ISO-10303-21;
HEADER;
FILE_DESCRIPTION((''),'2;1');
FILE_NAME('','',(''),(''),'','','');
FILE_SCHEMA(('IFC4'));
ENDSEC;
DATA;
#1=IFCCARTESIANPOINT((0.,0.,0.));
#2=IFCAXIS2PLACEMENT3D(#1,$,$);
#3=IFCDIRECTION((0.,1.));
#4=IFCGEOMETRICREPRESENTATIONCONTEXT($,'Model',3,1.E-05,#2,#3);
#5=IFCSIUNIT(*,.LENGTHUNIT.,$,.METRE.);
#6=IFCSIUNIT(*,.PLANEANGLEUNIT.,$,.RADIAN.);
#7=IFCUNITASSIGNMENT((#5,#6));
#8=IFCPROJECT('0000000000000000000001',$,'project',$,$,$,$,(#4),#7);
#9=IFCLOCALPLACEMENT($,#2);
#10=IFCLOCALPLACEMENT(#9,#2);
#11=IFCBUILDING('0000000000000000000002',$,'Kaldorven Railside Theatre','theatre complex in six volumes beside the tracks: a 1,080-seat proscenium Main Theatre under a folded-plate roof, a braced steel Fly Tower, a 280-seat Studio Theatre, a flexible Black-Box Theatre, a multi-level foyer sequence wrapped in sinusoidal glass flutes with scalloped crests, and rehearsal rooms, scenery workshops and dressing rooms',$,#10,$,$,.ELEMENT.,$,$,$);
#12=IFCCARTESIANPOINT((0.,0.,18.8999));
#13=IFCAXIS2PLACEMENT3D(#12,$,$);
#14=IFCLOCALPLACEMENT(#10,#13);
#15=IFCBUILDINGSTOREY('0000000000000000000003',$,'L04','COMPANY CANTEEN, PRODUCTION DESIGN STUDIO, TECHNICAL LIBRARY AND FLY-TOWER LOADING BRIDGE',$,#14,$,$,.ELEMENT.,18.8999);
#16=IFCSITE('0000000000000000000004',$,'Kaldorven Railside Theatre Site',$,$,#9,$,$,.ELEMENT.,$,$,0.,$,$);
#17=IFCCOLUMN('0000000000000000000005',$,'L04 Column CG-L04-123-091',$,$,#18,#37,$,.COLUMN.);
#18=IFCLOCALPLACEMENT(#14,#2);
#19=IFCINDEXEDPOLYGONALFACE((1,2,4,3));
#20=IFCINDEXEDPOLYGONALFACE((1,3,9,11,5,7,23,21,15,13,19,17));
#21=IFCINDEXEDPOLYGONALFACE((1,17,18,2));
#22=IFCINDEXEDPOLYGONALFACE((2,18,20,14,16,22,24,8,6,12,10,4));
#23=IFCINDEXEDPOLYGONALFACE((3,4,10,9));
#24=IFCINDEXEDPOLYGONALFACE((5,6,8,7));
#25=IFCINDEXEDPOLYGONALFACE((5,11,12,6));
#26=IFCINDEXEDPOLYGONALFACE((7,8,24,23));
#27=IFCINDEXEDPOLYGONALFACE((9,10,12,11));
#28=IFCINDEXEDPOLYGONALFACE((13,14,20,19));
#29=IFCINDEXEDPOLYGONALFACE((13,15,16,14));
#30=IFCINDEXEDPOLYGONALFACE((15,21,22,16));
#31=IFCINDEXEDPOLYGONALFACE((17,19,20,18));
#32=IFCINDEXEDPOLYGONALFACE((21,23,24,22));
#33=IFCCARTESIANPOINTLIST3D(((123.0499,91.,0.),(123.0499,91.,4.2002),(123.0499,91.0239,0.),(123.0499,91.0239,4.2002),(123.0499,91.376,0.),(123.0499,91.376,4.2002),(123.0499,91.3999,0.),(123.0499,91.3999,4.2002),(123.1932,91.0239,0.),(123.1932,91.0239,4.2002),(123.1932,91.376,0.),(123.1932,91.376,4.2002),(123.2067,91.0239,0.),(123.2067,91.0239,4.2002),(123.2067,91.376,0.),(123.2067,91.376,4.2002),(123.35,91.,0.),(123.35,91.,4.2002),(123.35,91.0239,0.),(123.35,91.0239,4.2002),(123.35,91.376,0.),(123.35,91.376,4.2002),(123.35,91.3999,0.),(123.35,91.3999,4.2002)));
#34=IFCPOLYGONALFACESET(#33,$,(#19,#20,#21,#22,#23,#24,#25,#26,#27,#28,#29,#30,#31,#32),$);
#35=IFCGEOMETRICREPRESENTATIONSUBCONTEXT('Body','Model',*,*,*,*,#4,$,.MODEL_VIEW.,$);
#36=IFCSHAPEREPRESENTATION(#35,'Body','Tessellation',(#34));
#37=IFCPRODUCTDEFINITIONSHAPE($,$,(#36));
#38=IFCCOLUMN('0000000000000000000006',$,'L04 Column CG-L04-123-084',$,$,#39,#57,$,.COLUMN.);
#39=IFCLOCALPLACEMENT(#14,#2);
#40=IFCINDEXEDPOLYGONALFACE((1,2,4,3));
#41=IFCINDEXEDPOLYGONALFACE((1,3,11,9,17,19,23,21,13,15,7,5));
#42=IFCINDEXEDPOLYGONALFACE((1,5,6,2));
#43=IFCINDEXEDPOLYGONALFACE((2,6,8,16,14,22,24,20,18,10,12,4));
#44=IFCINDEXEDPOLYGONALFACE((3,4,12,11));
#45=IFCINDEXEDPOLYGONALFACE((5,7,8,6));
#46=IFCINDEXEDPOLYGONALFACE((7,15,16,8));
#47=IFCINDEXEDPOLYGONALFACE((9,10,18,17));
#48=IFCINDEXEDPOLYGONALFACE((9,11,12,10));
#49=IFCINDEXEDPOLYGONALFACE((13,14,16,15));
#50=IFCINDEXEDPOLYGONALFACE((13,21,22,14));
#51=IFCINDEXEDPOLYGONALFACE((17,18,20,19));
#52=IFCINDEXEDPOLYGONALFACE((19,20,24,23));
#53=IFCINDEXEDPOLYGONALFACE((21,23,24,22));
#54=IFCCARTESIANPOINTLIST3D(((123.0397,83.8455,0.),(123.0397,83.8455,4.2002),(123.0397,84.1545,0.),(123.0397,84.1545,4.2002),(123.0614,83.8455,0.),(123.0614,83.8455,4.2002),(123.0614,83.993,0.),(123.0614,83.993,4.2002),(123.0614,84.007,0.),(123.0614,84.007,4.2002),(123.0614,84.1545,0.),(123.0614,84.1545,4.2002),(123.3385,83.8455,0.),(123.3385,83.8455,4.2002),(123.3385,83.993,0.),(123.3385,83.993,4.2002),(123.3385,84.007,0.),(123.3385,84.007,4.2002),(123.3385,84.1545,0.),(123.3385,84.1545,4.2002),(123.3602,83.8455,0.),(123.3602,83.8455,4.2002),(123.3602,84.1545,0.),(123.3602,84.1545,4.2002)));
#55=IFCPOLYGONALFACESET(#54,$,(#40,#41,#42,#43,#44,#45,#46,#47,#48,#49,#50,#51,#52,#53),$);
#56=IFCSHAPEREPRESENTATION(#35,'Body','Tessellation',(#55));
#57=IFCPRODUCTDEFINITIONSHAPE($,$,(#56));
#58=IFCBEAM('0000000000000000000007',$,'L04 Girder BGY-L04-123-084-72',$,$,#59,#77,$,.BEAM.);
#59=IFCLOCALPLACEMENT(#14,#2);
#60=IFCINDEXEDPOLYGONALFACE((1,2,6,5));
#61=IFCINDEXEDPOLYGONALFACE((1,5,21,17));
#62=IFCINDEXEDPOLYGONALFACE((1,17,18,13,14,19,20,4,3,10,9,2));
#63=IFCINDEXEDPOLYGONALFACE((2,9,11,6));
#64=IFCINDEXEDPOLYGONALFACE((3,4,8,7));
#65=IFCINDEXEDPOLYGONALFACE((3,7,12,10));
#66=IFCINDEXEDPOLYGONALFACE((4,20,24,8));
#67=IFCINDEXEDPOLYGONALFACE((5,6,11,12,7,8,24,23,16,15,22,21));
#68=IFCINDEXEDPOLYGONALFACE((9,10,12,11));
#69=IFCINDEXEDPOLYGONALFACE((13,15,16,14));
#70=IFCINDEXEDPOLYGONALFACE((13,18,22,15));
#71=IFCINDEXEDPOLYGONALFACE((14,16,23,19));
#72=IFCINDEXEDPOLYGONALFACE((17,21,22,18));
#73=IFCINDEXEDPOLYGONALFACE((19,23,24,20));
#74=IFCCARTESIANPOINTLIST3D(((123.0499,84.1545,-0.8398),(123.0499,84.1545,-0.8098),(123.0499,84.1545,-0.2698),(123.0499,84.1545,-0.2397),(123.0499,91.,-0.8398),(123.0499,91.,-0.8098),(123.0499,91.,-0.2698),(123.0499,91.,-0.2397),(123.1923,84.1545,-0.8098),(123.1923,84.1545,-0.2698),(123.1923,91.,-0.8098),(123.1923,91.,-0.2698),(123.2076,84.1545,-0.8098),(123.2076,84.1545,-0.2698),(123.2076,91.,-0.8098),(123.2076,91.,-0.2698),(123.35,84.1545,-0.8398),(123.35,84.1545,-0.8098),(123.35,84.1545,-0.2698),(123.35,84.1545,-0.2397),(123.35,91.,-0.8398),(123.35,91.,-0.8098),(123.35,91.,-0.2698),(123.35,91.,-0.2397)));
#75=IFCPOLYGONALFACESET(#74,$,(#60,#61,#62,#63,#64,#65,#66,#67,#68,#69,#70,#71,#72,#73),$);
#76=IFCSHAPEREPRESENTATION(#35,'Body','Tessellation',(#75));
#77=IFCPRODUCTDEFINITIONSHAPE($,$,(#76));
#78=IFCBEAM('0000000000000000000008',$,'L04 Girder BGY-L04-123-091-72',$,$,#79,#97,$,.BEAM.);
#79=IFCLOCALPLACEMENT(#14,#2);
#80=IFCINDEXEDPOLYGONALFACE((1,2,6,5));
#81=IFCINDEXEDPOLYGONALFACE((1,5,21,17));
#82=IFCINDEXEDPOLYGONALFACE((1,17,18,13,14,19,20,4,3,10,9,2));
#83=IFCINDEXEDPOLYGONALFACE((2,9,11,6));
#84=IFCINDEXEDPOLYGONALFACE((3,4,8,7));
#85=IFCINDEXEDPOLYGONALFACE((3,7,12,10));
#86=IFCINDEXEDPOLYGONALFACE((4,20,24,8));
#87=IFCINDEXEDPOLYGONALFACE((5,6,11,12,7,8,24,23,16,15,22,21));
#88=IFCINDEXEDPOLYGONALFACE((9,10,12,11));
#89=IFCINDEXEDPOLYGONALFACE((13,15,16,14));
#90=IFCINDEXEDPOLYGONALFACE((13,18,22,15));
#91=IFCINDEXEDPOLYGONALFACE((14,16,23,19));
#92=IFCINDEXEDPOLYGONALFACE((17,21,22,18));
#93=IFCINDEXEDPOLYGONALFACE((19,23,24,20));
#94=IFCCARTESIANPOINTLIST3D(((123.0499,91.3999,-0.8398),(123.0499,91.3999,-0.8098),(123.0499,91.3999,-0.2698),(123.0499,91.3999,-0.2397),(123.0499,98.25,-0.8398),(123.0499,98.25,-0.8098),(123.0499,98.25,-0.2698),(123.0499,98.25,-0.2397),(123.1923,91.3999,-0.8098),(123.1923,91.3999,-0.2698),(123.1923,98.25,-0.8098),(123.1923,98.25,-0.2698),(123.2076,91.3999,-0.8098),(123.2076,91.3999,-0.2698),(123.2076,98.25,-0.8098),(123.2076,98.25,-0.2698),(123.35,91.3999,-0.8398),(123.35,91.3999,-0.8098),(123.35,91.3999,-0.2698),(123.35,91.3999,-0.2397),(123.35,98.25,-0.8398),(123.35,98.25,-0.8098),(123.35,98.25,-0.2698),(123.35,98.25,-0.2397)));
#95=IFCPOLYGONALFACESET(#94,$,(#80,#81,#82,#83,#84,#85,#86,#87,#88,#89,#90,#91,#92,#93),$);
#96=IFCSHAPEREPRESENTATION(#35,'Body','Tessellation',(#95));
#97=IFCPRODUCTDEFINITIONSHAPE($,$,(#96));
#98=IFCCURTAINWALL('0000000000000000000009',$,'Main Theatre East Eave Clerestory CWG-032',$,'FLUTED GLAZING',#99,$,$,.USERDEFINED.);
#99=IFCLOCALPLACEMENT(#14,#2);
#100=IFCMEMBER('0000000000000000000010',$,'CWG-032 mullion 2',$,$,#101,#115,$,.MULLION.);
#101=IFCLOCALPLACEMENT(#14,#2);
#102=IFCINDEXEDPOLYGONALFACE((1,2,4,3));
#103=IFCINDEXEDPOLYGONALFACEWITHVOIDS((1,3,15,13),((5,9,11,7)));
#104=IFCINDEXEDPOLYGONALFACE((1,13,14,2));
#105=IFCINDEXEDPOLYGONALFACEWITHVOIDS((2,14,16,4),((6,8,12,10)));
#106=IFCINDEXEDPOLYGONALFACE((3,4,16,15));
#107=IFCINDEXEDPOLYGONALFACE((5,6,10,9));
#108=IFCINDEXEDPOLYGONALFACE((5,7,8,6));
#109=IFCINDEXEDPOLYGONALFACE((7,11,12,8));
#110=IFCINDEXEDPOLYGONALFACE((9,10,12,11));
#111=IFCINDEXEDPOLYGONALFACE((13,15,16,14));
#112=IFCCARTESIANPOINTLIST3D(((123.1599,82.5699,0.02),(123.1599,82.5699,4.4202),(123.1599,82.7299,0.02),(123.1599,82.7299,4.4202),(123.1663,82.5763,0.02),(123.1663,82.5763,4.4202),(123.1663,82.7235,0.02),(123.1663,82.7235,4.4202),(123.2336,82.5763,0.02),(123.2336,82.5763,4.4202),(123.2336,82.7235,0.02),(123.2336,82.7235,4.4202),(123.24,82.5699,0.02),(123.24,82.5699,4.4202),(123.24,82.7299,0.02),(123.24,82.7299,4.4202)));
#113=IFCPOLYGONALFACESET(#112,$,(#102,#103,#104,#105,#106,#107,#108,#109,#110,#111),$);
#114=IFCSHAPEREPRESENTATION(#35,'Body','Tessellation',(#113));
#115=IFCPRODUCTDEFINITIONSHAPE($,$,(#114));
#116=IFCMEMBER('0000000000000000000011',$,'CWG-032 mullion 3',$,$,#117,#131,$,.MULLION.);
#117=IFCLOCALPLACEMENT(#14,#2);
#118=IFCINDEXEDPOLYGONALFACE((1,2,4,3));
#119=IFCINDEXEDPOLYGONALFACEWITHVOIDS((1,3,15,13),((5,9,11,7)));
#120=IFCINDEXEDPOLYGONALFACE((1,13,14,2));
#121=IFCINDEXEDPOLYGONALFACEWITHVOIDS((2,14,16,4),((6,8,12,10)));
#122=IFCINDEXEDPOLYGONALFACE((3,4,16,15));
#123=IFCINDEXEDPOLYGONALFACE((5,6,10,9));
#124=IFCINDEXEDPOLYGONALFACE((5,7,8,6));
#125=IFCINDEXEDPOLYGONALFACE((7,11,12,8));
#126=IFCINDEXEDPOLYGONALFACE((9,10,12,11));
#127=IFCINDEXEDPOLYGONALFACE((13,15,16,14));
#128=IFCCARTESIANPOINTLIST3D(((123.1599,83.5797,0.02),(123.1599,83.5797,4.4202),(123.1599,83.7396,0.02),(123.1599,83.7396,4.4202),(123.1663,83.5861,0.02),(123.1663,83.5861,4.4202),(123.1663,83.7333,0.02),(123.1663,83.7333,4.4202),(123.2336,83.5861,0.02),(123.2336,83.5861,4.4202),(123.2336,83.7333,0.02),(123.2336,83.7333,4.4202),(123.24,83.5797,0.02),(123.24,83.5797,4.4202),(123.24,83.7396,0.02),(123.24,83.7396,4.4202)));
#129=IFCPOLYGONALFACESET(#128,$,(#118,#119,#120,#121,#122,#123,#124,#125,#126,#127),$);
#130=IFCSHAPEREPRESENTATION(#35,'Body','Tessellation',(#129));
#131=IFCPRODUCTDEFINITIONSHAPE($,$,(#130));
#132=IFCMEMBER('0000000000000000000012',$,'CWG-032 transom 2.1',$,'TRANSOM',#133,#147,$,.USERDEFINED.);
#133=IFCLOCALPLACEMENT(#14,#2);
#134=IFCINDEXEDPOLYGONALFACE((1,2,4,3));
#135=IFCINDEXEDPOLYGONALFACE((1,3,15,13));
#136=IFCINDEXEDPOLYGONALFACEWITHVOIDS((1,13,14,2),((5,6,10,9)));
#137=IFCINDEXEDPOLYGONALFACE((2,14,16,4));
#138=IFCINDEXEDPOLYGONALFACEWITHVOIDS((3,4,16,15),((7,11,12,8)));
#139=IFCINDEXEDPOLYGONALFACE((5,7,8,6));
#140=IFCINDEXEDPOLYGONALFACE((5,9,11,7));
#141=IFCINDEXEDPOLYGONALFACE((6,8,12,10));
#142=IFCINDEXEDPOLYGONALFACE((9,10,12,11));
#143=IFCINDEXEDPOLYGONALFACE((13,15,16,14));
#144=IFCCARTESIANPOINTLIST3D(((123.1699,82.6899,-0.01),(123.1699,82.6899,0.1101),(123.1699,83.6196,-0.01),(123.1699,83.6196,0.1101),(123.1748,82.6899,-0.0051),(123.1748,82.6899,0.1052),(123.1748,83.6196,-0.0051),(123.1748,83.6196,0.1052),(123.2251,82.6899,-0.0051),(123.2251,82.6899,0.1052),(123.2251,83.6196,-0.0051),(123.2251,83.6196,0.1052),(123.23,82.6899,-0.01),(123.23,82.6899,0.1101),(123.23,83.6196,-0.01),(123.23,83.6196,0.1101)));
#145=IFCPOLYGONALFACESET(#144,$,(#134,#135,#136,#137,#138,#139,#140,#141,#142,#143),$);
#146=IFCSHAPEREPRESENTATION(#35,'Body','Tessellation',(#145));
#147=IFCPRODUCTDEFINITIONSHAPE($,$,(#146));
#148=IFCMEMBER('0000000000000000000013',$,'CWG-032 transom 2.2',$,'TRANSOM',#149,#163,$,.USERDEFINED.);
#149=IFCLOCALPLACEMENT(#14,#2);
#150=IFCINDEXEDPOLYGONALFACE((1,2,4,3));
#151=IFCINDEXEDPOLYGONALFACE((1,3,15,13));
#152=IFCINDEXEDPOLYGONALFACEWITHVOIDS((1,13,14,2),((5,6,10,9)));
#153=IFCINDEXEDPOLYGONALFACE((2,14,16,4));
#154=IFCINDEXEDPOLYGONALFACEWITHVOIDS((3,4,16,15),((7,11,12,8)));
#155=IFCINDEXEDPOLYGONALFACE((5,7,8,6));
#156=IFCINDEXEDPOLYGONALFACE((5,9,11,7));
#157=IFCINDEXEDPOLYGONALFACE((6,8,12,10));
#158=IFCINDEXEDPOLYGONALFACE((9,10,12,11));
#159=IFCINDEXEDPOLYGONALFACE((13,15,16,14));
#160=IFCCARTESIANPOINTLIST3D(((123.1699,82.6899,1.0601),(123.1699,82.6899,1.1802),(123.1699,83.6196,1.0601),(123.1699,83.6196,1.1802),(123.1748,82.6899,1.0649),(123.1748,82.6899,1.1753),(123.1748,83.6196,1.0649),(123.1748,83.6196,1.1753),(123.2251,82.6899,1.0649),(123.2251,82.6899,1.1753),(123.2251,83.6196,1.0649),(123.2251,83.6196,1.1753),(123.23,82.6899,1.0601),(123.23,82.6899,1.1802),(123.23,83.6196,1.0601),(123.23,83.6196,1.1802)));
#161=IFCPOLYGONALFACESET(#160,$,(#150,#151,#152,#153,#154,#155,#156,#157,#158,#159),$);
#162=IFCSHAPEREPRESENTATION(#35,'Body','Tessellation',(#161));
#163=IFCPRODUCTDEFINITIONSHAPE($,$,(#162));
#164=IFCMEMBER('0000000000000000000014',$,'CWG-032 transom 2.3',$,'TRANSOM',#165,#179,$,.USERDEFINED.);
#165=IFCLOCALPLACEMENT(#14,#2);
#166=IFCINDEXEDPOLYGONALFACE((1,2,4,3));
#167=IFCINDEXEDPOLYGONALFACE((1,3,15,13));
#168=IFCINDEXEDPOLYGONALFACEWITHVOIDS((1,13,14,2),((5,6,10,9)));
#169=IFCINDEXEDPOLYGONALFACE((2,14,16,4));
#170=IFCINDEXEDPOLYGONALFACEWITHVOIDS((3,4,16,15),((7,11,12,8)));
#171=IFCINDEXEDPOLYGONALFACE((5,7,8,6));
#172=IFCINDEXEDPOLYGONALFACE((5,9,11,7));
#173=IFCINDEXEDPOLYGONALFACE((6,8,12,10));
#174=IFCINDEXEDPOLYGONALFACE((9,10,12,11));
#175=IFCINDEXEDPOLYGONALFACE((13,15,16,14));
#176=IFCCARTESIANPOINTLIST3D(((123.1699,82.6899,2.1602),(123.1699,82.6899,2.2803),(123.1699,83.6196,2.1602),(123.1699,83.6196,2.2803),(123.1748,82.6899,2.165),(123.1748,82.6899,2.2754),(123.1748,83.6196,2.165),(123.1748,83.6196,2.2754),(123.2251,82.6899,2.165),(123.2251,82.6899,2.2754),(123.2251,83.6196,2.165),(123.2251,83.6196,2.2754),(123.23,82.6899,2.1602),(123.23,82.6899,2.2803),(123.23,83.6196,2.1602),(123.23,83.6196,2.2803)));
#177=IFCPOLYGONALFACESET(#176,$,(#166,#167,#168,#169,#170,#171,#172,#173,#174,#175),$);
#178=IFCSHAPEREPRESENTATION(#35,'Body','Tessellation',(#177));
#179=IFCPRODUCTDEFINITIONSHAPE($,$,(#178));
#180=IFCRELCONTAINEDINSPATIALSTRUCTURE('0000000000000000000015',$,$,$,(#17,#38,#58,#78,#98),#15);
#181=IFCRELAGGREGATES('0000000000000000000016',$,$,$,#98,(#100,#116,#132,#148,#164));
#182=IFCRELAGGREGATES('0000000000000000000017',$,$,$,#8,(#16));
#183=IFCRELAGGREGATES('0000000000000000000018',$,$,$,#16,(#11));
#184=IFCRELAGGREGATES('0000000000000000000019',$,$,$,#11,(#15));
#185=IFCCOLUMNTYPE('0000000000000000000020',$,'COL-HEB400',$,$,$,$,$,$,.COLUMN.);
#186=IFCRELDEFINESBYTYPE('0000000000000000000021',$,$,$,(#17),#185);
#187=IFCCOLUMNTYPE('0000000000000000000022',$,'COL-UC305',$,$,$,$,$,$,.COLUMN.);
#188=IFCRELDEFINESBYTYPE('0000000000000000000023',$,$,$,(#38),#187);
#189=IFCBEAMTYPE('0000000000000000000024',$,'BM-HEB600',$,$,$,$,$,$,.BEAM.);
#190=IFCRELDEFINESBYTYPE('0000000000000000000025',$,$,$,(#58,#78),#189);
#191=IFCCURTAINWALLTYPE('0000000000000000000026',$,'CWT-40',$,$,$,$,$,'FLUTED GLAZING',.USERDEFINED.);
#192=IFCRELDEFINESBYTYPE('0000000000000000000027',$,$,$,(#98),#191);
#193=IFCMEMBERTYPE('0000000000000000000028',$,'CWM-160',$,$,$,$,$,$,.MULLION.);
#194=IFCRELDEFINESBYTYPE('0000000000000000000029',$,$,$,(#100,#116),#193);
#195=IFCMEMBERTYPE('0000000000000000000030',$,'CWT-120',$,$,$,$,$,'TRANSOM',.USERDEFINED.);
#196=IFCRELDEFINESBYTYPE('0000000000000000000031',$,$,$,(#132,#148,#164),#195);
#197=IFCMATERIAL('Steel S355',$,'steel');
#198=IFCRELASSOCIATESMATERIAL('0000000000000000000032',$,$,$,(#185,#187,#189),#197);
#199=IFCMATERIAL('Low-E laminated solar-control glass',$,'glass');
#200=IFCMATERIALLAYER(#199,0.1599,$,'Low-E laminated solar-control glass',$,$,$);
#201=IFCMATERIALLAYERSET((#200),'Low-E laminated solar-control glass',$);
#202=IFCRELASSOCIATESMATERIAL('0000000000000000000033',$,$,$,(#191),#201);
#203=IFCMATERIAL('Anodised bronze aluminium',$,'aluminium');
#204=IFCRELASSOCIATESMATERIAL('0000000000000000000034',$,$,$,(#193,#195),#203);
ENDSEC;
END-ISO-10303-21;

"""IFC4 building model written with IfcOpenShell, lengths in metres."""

from ifc_helpers import new_model, si_unit, direction, frame, origin, origin_2d, place, context, subcontext, project, spatial, hollow_rectangle, i_section, extrude, material, layer, layer_set, material_profile, profile_set, type_object, element, aggregate, save


model = new_model("IFC4")

# Units and contexts
model_context = context("Model", 3, precision=1e-05, world=origin(), true_north=direction((0.0, 1.0)))
body_context = subcontext(model_context, "Body", "Model", "MODEL_VIEW")
ifc_project = project(units=[si_unit("LENGTHUNIT", "METRE"), si_unit("PLANEANGLEUNIT", "RADIAN")], contexts=[model_context])

# Site, building, storey
site_placement = place(None, origin())
site = spatial("IfcSite", under=ifc_project, at=site_placement, Name="Kaldorven Railside Theatre Site", CompositionType="ELEMENT", RefElevation=0.0)
building_placement = place(site_placement, origin())
building = spatial("IfcBuilding", under=site, at=building_placement, Name="Kaldorven Railside Theatre", Description="theatre complex in six volumes beside the tracks: a 1,080-seat proscenium Main Theatre under a folded-plate roof, a braced steel Fly Tower, a 280-seat Studio Theatre, a flexible Black-Box Theatre, a multi-level foyer sequence wrapped in sinusoidal glass flutes with scalloped crests, and rehearsal rooms, scenery workshops and dressing rooms", CompositionType="ELEMENT")
storey_placement = place(building_placement, frame((0.0, 0.0, 18.8999)))
storey = spatial("IfcBuildingStorey", under=building, at=storey_placement, Name="L04", Description="COMPANY CANTEEN, PRODUCTION DESIGN STUDIO, TECHNICAL LIBRARY AND FLY-TOWER LOADING BRIDGE", CompositionType="ELEMENT", Elevation=18.8999)

# Columns
ifc_material_1 = material(Name="Steel S355", Category="steel")
ifc_material_profile_1 = material_profile(ifc_material_1, i_section(OverallWidth=0.3, OverallDepth=0.3999, WebThickness=0.0134, FlangeThickness=0.0239, at=origin_2d()), Name="HEB 400")
ifc_profile_set_1 = profile_set([ifc_material_profile_1], Name="Steel S355")
column_type_1 = type_object("IfcColumnType", Name="COL-HEB400", PredefinedType="COLUMN", material=ifc_profile_set_1)
column_1_placement = place(storey_placement, frame((123.2, 91.2, 0.0), z_axis=(0.0, 0.0, 1.0), x_axis=(1.0, 0.0, 0.0)))
element("IfcColumn", 1, at=column_1_placement, inside=storey, type_object=column_type_1, Name="L04 Column CG-L04-123-091", PredefinedType="COLUMN", context=body_context, shape_type="SweptSolid", body=[
    extrude(i_section(OverallWidth=0.3, OverallDepth=0.3999, WebThickness=0.0134, FlangeThickness=0.0239, at=origin_2d()), origin(), (0.0, 0.0, 1.0), 4.2002),
])
ifc_material_profile_2 = material_profile(ifc_material_1, i_section(OverallWidth=0.3091, OverallDepth=0.3206, WebThickness=0.0139, FlangeThickness=0.0217, at=origin_2d()), Name="UC 305x305x137")
ifc_profile_set_2 = profile_set([ifc_material_profile_2], Name="Steel S355")
column_type_2 = type_object("IfcColumnType", Name="COL-UC305", PredefinedType="COLUMN", material=ifc_profile_set_2)
column_2_placement = place(storey_placement, frame((123.2, 84.0, 0.0), z_axis=(0.0, 0.0, 1.0), x_axis=(0.0, 1.0, 0.0)))
element("IfcColumn", 2, at=column_2_placement, inside=storey, type_object=column_type_2, Name="L04 Column CG-L04-123-084", PredefinedType="COLUMN", context=body_context, shape_type="SweptSolid", body=[
    extrude(i_section(OverallWidth=0.3091, OverallDepth=0.3206, WebThickness=0.0139, FlangeThickness=0.0217, at=origin_2d()), origin(), (0.0, 0.0, 1.0), 4.2002),
])

# Beams
ifc_material_profile_3 = material_profile(ifc_material_1, i_section(OverallWidth=0.3, OverallDepth=0.6001, WebThickness=0.0154, FlangeThickness=0.03, at=origin_2d()), Name="HEB 600")
ifc_profile_set_3 = profile_set([ifc_material_profile_3], Name="Steel S355")
beam_type = type_object("IfcBeamType", Name="BM-HEB600", PredefinedType="BEAM", material=ifc_profile_set_3)
beam_1_placement = place(storey_placement, frame((123.2, 84.1545, -0.5398), z_axis=(0.0, 1.0, 0.0), x_axis=(-1.0, 0.0, 0.0)))
element("IfcBeam", 3, at=beam_1_placement, inside=storey, type_object=beam_type, Name="L04 Girder BGY-L04-123-084-72", PredefinedType="BEAM", context=body_context, shape_type="SweptSolid", body=[
    extrude(i_section(OverallWidth=0.3, OverallDepth=0.6001, WebThickness=0.0154, FlangeThickness=0.03, at=origin_2d()), origin(), (0.0, 0.0, 1.0), 6.8455),
])
beam_2_placement = place(storey_placement, frame((123.2, 91.3999, -0.5398), z_axis=(0.0, 1.0, 0.0), x_axis=(-1.0, 0.0, 0.0)))
element("IfcBeam", 4, at=beam_2_placement, inside=storey, type_object=beam_type, Name="L04 Girder BGY-L04-123-091-72", PredefinedType="BEAM", context=body_context, shape_type="SweptSolid", body=[
    extrude(i_section(OverallWidth=0.3, OverallDepth=0.6001, WebThickness=0.0154, FlangeThickness=0.03, at=origin_2d()), origin(), (0.0, 0.0, 1.0), 6.8501),
])

# Curtain wall, members
ifc_material_2 = material(Name="Low-E laminated solar-control glass", Category="glass")
ifc_layer_1 = layer(ifc_material_2, 0.1599, Name="Low-E laminated solar-control glass")
ifc_layer_set_1 = layer_set([ifc_layer_1], Name="Low-E laminated solar-control glass")
curtain_wall_type = type_object("IfcCurtainWallType", Name="CWT-40", ElementType="FLUTED GLAZING", PredefinedType="USERDEFINED", material=ifc_layer_set_1)
curtain_wall_placement = place(storey_placement, origin())
curtain_wall = element("IfcCurtainWall", 5, at=curtain_wall_placement, inside=storey, type_object=curtain_wall_type, Name="Main Theatre East Eave Clerestory CWG-032", ObjectType="FLUTED GLAZING", PredefinedType="USERDEFINED")
ifc_material_3 = material(Name="Anodised bronze aluminium", Category="aluminium")
ifc_material_profile_4 = material_profile(ifc_material_3, hollow_rectangle(XDim=0.0801, YDim=0.1599, WallThickness=0.0063, at=origin_2d()), Name="RHS 160x80x6.3")
ifc_profile_set_4 = profile_set([ifc_material_profile_4], Name="Anodised bronze aluminium")
member_type_1 = type_object("IfcMemberType", Name="CWM-160", PredefinedType="MULLION", material=ifc_profile_set_4)
member_1_placement = place(storey_placement, frame((123.2, 82.6499, 0.02), z_axis=(0.0, 0.0, 1.0), x_axis=(-1.0, 0.0, 0.0)))
member_1 = element("IfcMember", 6, at=member_1_placement, type_object=member_type_1, Name="CWG-032 mullion 2", PredefinedType="MULLION", context=body_context, shape_type="SweptSolid", body=[
    extrude(hollow_rectangle(XDim=0.0801, YDim=0.1599, WallThickness=0.0063, at=origin_2d()), origin(), (0.0, 0.0, 1.0), 4.4001),
])
member_2_placement = place(storey_placement, frame((123.2, 83.6597, 0.02), z_axis=(0.0, 0.0, 1.0), x_axis=(-1.0, 0.0, 0.0)))
member_2 = element("IfcMember", 7, at=member_2_placement, type_object=member_type_1, Name="CWG-032 mullion 3", PredefinedType="MULLION", context=body_context, shape_type="SweptSolid", body=[
    extrude(hollow_rectangle(XDim=0.0801, YDim=0.1599, WallThickness=0.0063, at=origin_2d()), origin(), (0.0, 0.0, 1.0), 4.4001),
])
ifc_material_profile_5 = material_profile(ifc_material_3, hollow_rectangle(XDim=0.0601, YDim=0.1201, WallThickness=0.0049, at=origin_2d()), Name="RHS 120x60x5")
ifc_profile_set_5 = profile_set([ifc_material_profile_5], Name="Anodised bronze aluminium")
member_type_2 = type_object("IfcMemberType", Name="CWT-120", ElementType="TRANSOM", PredefinedType="USERDEFINED", material=ifc_profile_set_5)
member_3_placement = place(storey_placement, frame((123.2, 82.6899, 0.05), z_axis=(0.0, 1.0, 0.0), x_axis=(-1.0, 0.0, 0.0)))
member_3 = element("IfcMember", 8, at=member_3_placement, type_object=member_type_2, Name="CWG-032 transom 2.1", ObjectType="TRANSOM", PredefinedType="USERDEFINED", context=body_context, shape_type="SweptSolid", body=[
    extrude(hollow_rectangle(XDim=0.0601, YDim=0.1201, WallThickness=0.0049, at=origin_2d()), origin(), (0.0, 0.0, 1.0), 0.9297),
])
member_4_placement = place(storey_placement, frame((123.2, 82.6899, 1.1201), z_axis=(0.0, 1.0, 0.0), x_axis=(-1.0, 0.0, 0.0)))
member_4 = element("IfcMember", 9, at=member_4_placement, type_object=member_type_2, Name="CWG-032 transom 2.2", ObjectType="TRANSOM", PredefinedType="USERDEFINED", context=body_context, shape_type="SweptSolid", body=[
    extrude(hollow_rectangle(XDim=0.0601, YDim=0.1201, WallThickness=0.0049, at=origin_2d()), origin(), (0.0, 0.0, 1.0), 0.9297),
])
member_5_placement = place(storey_placement, frame((123.2, 82.6899, 2.2202), z_axis=(0.0, 1.0, 0.0), x_axis=(-1.0, 0.0, 0.0)))
member_5 = element("IfcMember", 10, at=member_5_placement, type_object=member_type_2, Name="CWG-032 transom 2.3", ObjectType="TRANSOM", PredefinedType="USERDEFINED", context=body_context, shape_type="SweptSolid", body=[
    extrude(hollow_rectangle(XDim=0.0601, YDim=0.1201, WallThickness=0.0049, at=origin_2d()), origin(), (0.0, 0.0, 1.0), 0.9297),
])

aggregate(curtain_wall, [member_1, member_2, member_3, member_4, member_5])

save(model, "model.ifc")
